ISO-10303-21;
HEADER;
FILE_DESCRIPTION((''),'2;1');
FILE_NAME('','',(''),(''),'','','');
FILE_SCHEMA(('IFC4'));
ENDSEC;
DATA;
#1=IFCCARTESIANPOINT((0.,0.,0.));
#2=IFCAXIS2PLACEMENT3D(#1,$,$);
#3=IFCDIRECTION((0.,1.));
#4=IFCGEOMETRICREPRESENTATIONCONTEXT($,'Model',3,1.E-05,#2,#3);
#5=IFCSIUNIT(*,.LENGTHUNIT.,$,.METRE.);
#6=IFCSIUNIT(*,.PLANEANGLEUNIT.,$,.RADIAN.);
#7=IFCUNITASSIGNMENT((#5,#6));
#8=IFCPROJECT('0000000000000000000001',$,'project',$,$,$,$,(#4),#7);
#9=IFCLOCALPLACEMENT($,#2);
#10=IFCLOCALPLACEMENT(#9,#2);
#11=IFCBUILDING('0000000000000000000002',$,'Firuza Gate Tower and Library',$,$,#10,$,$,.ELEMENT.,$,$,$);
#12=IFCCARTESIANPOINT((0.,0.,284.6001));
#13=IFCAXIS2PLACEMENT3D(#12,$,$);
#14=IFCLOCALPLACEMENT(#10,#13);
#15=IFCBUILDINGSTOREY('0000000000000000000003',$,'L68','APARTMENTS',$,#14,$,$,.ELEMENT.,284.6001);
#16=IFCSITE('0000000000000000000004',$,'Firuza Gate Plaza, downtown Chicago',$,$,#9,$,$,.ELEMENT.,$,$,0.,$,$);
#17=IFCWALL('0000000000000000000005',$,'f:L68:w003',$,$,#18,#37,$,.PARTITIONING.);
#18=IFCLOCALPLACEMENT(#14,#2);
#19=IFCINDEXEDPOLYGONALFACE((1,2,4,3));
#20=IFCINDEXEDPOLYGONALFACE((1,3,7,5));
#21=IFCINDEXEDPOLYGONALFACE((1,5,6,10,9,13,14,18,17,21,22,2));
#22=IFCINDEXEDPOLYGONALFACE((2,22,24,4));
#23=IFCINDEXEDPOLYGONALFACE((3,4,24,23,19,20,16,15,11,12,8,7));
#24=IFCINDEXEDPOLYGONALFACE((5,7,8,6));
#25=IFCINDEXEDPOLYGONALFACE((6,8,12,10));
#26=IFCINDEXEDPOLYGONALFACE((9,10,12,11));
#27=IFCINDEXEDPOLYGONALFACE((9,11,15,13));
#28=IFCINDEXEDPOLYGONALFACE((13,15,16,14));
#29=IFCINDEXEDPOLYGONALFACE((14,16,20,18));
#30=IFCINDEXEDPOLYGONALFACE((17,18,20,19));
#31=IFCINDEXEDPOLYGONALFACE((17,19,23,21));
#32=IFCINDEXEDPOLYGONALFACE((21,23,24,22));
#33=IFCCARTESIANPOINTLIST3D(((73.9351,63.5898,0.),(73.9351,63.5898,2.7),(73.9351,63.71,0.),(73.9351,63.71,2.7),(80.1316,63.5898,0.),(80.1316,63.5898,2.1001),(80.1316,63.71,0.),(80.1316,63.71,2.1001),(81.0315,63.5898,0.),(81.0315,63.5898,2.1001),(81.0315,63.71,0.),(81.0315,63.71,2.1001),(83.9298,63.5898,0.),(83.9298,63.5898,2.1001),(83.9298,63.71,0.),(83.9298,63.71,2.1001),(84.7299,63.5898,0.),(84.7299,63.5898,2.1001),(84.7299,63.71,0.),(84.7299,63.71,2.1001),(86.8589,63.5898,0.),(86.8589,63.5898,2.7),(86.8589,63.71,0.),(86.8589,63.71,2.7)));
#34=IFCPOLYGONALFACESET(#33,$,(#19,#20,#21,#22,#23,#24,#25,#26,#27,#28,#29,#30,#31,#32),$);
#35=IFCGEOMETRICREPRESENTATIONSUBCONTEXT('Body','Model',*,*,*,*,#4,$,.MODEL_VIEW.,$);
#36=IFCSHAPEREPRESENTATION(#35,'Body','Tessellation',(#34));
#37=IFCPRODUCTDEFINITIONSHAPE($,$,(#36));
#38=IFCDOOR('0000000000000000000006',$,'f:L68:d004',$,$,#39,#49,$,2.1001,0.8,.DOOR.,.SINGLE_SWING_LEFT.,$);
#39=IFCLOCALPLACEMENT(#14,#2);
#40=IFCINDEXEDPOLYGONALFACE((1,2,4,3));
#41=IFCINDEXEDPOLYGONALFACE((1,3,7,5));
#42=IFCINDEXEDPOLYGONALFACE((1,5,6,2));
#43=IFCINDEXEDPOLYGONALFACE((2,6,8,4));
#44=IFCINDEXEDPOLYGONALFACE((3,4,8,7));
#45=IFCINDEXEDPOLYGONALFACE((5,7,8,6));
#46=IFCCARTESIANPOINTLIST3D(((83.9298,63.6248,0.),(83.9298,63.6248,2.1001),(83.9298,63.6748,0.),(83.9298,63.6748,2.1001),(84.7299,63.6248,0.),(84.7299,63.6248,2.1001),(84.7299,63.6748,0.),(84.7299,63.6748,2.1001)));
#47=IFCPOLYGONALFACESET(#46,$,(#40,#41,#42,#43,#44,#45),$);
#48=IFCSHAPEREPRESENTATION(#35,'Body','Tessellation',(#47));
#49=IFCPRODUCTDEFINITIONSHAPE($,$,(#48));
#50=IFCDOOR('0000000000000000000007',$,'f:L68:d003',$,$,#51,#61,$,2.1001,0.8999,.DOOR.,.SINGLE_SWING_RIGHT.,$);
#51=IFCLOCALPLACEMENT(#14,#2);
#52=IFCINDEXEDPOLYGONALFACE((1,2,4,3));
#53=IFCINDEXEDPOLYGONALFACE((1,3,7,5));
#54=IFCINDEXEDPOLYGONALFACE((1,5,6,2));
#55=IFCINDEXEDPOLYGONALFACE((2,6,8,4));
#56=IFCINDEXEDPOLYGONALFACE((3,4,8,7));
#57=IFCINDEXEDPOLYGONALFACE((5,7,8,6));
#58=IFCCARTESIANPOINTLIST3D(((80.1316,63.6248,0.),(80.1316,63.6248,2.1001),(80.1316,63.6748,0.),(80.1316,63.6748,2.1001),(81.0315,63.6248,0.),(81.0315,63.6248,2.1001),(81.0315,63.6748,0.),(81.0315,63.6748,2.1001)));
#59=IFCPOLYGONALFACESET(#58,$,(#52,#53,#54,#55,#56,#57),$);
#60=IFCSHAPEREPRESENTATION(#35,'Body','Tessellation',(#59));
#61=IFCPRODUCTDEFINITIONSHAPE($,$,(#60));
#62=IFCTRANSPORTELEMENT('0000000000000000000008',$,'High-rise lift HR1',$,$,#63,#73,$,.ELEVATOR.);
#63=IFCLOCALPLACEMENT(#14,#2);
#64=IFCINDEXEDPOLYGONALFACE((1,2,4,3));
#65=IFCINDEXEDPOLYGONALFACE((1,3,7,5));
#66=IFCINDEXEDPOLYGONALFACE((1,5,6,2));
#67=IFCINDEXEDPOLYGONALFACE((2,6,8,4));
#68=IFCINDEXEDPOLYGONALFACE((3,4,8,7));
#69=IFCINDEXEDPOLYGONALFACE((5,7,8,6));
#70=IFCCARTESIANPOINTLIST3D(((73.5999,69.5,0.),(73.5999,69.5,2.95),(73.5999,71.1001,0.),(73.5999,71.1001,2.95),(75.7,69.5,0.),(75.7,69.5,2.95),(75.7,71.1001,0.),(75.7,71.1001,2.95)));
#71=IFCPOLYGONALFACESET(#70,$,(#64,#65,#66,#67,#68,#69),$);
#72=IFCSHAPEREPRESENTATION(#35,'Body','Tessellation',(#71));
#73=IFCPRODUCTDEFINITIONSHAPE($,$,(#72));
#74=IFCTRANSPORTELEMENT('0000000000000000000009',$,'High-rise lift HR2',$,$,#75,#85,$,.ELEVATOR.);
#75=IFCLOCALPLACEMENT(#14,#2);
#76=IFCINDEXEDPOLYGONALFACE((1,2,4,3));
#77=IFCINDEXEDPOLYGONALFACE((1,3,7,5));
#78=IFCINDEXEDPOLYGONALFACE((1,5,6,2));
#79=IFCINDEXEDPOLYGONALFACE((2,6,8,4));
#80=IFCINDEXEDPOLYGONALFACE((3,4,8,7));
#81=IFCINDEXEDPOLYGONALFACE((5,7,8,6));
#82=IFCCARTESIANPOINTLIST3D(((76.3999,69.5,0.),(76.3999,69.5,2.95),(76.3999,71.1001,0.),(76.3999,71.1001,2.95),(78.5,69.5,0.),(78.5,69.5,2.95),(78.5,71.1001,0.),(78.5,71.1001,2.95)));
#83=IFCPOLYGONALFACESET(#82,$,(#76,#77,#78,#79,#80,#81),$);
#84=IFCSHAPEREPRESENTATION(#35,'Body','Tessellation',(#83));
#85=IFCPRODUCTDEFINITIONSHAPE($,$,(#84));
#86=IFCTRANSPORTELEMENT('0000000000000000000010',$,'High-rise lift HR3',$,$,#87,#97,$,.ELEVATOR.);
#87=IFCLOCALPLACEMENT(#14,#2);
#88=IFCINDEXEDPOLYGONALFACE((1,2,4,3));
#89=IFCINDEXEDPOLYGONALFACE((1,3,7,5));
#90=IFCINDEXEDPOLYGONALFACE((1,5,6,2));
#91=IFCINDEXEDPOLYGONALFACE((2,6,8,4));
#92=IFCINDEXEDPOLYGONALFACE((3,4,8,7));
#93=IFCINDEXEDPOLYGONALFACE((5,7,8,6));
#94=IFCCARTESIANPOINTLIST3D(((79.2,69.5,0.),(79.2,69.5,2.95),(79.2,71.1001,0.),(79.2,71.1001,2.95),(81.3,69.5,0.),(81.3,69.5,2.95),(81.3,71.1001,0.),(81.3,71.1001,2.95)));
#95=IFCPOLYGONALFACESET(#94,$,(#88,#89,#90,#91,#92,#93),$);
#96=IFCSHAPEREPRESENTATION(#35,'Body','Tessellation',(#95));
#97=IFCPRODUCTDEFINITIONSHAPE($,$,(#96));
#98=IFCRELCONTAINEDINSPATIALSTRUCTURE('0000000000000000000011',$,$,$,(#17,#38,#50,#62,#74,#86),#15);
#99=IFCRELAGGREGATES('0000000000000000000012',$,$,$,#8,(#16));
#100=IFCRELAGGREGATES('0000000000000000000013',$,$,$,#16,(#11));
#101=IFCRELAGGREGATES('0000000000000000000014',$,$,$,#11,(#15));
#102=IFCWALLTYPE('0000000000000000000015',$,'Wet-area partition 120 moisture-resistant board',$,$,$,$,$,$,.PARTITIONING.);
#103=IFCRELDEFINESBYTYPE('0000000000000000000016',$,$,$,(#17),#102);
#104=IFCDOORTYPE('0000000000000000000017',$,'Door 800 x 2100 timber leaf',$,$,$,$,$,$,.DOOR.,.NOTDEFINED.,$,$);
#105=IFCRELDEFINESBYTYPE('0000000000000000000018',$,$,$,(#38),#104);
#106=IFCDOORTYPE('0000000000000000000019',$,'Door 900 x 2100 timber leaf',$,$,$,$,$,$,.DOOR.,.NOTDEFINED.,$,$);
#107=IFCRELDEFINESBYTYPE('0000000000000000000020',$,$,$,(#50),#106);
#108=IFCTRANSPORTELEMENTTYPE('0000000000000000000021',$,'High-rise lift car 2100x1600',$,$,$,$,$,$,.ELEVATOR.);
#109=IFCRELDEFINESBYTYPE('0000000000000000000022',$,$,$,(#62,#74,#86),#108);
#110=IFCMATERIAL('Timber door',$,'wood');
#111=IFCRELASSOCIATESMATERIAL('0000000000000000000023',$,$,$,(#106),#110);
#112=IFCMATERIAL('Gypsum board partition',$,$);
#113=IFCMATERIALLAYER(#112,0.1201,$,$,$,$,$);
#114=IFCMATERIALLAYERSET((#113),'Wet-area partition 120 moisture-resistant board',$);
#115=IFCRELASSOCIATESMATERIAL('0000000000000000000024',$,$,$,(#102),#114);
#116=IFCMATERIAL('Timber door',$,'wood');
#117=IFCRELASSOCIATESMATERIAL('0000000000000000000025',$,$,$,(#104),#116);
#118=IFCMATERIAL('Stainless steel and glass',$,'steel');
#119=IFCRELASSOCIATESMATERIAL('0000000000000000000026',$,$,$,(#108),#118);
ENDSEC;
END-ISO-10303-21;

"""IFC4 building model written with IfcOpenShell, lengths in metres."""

from ifc_helpers import new_model, si_unit, direction, frame, frame_2d, origin, origin_2d, place, context, subcontext, project, spatial, rectangle, extrude, material, layer, layer_set, type_object, element, fill, save


model = new_model("IFC4")

# Units and contexts
model_context = context("Model", 3, precision=1e-05, world=origin(), true_north=direction((0.0, 1.0)))
body_context = subcontext(model_context, "Body", "Model", "MODEL_VIEW")
ifc_project = project(units=[si_unit("LENGTHUNIT", "METRE"), si_unit("PLANEANGLEUNIT", "RADIAN")], contexts=[model_context])

# Site, building, storey
site_placement = place(None, origin())
site = spatial("IfcSite", under=ifc_project, at=site_placement, Name="Firuza Gate Plaza, downtown Chicago", CompositionType="ELEMENT", RefElevation=0.0)
building_placement = place(site_placement, origin())
building = spatial("IfcBuilding", under=site, at=building_placement, Name="Firuza Gate Tower and Library", CompositionType="ELEMENT")
storey_placement = place(building_placement, frame((0.0, 0.0, 284.6001)))
storey = spatial("IfcBuildingStorey", under=building, at=storey_placement, Name="L68", Description="APARTMENTS", CompositionType="ELEMENT", Elevation=284.6001)

# Shared definitions
ifc_material_1 = material(Name="Timber door", Category="wood")
door_type_1 = type_object("IfcDoorType", Name="Door 900 x 2100 timber leaf", OperationType="NOTDEFINED", PredefinedType="DOOR", material=ifc_material_1)

# Wall, openings, doors
ifc_material_2 = material(Name="Gypsum board partition")
ifc_layer_1 = layer(ifc_material_2, 0.1201)
ifc_layer_set_1 = layer_set([ifc_layer_1], Name="Wet-area partition 120 moisture-resistant board")
wall_type_1 = type_object("IfcWallType", Name="Wet-area partition 120 moisture-resistant board", PredefinedType="PARTITIONING", material=ifc_layer_set_1)
wall_1_placement = place(storey_placement, frame((73.9351, 63.6499, 0.0), z_axis=(0.0, 0.0, 1.0), x_axis=(1.0, 0.0, 0.0)))
wall_1 = element("IfcWall", 1, at=wall_1_placement, inside=storey, type_object=wall_type_1, Name="f:L68:w003", PredefinedType="PARTITIONING", context=body_context, shape_type="SweptSolid", body=[
    extrude(rectangle(XDim=12.9238, YDim=0.1201, at=frame_2d((6.4619, 0.0))), origin(), (0.0, 0.0, 1.0), 2.7),
])
opening_1_placement = place(wall_1_placement, frame((6.1965, 0.0, 0.0)))
opening_1 = element("IfcOpeningElement", 2, at=opening_1_placement, cuts=wall_1, PredefinedType="OPENING", context=body_context, shape_type="SweptSolid", body=[
    extrude(rectangle(XDim=0.8999, YDim=2.1001, at=frame_2d((0.45, 1.05))), frame((0.0, 0.0701, 0.0), z_axis=(0.0, -1.0, 0.0), x_axis=(1.0, 0.0, 0.0)), (0.0, 0.0, 1.0), 0.1401),
])
opening_2_placement = place(wall_1_placement, frame((9.9949, 0.0, 0.0)))
opening_2 = element("IfcOpeningElement", 3, at=opening_2_placement, cuts=wall_1, PredefinedType="OPENING", context=body_context, shape_type="SweptSolid", body=[
    extrude(rectangle(XDim=0.8, YDim=2.1001, at=frame_2d((0.3999, 1.05))), frame((0.0, 0.0701, 0.0), z_axis=(0.0, -1.0, 0.0), x_axis=(1.0, 0.0, 0.0)), (0.0, 0.0, 1.0), 0.1401),
])
ifc_material_3 = material(Name="Timber door", Category="wood")
door_type_2 = type_object("IfcDoorType", Name="Door 800 x 2100 timber leaf", OperationType="NOTDEFINED", PredefinedType="DOOR", material=ifc_material_3)
door_1_placement = place(opening_2_placement, origin())
door_1 = element("IfcDoor", 4, at=door_1_placement, inside=storey, type_object=door_type_2, Name="f:L68:d004", OperationType="SINGLE_SWING_LEFT", OverallHeight=2.1001, OverallWidth=0.8, PredefinedType="DOOR", context=body_context, shape_type="SweptSolid", body=[
    extrude(rectangle(XDim=0.8, YDim=2.1001, at=frame_2d((0.3999, 1.05))), frame((0.0, 0.0249, 0.0), z_axis=(0.0, -1.0, 0.0), x_axis=(1.0, 0.0, 0.0)), (0.0, 0.0, 1.0), 0.05),
])
fill(opening_2, door_1)
door_2_placement = place(opening_1_placement, origin())
door_2 = element("IfcDoor", 5, at=door_2_placement, inside=storey, type_object=door_type_1, Name="f:L68:d003", OperationType="SINGLE_SWING_RIGHT", OverallHeight=2.1001, OverallWidth=0.8999, PredefinedType="DOOR", context=body_context, shape_type="SweptSolid", body=[
    extrude(rectangle(XDim=0.8999, YDim=2.1001, at=frame_2d((0.45, 1.05))), frame((0.0, 0.0249, 0.0), z_axis=(0.0, -1.0, 0.0), x_axis=(1.0, 0.0, 0.0)), (0.0, 0.0, 1.0), 0.05),
])
fill(opening_1, door_2)

# Transport elements
ifc_material_4 = material(Name="Stainless steel and glass", Category="steel")
transport_element_type = type_object("IfcTransportElementType", Name="High-rise lift car 2100x1600", PredefinedType="ELEVATOR", material=ifc_material_4)
for number, where, z_axis, x_axis, name in (
    (6, (74.6499, 70.3, 0.0), (0.0, 0.0, 1.0), (1.0, 0.0, 0.0), "High-rise lift HR1"),
    (7, (77.45, 70.3, 0.0), (0.0, 0.0, 1.0), (1.0, 0.0, 0.0), "High-rise lift HR2"),
    (8, (80.25, 70.3, 0.0), (0.0, 0.0, 1.0), (1.0, 0.0, 0.0), "High-rise lift HR3"),
):
    element("IfcTransportElement", number, at=place(storey_placement, frame(where, z_axis=z_axis, x_axis=x_axis)), inside=storey, type_object=transport_element_type, Name=name, PredefinedType="ELEVATOR", context=body_context, shape_type="SweptSolid", body=[
        extrude(rectangle(XDim=2.1001, YDim=1.6001, at=origin_2d()), origin(), (0.0, 0.0, 1.0), 2.95),
    ])

save(model, "model.ifc")
